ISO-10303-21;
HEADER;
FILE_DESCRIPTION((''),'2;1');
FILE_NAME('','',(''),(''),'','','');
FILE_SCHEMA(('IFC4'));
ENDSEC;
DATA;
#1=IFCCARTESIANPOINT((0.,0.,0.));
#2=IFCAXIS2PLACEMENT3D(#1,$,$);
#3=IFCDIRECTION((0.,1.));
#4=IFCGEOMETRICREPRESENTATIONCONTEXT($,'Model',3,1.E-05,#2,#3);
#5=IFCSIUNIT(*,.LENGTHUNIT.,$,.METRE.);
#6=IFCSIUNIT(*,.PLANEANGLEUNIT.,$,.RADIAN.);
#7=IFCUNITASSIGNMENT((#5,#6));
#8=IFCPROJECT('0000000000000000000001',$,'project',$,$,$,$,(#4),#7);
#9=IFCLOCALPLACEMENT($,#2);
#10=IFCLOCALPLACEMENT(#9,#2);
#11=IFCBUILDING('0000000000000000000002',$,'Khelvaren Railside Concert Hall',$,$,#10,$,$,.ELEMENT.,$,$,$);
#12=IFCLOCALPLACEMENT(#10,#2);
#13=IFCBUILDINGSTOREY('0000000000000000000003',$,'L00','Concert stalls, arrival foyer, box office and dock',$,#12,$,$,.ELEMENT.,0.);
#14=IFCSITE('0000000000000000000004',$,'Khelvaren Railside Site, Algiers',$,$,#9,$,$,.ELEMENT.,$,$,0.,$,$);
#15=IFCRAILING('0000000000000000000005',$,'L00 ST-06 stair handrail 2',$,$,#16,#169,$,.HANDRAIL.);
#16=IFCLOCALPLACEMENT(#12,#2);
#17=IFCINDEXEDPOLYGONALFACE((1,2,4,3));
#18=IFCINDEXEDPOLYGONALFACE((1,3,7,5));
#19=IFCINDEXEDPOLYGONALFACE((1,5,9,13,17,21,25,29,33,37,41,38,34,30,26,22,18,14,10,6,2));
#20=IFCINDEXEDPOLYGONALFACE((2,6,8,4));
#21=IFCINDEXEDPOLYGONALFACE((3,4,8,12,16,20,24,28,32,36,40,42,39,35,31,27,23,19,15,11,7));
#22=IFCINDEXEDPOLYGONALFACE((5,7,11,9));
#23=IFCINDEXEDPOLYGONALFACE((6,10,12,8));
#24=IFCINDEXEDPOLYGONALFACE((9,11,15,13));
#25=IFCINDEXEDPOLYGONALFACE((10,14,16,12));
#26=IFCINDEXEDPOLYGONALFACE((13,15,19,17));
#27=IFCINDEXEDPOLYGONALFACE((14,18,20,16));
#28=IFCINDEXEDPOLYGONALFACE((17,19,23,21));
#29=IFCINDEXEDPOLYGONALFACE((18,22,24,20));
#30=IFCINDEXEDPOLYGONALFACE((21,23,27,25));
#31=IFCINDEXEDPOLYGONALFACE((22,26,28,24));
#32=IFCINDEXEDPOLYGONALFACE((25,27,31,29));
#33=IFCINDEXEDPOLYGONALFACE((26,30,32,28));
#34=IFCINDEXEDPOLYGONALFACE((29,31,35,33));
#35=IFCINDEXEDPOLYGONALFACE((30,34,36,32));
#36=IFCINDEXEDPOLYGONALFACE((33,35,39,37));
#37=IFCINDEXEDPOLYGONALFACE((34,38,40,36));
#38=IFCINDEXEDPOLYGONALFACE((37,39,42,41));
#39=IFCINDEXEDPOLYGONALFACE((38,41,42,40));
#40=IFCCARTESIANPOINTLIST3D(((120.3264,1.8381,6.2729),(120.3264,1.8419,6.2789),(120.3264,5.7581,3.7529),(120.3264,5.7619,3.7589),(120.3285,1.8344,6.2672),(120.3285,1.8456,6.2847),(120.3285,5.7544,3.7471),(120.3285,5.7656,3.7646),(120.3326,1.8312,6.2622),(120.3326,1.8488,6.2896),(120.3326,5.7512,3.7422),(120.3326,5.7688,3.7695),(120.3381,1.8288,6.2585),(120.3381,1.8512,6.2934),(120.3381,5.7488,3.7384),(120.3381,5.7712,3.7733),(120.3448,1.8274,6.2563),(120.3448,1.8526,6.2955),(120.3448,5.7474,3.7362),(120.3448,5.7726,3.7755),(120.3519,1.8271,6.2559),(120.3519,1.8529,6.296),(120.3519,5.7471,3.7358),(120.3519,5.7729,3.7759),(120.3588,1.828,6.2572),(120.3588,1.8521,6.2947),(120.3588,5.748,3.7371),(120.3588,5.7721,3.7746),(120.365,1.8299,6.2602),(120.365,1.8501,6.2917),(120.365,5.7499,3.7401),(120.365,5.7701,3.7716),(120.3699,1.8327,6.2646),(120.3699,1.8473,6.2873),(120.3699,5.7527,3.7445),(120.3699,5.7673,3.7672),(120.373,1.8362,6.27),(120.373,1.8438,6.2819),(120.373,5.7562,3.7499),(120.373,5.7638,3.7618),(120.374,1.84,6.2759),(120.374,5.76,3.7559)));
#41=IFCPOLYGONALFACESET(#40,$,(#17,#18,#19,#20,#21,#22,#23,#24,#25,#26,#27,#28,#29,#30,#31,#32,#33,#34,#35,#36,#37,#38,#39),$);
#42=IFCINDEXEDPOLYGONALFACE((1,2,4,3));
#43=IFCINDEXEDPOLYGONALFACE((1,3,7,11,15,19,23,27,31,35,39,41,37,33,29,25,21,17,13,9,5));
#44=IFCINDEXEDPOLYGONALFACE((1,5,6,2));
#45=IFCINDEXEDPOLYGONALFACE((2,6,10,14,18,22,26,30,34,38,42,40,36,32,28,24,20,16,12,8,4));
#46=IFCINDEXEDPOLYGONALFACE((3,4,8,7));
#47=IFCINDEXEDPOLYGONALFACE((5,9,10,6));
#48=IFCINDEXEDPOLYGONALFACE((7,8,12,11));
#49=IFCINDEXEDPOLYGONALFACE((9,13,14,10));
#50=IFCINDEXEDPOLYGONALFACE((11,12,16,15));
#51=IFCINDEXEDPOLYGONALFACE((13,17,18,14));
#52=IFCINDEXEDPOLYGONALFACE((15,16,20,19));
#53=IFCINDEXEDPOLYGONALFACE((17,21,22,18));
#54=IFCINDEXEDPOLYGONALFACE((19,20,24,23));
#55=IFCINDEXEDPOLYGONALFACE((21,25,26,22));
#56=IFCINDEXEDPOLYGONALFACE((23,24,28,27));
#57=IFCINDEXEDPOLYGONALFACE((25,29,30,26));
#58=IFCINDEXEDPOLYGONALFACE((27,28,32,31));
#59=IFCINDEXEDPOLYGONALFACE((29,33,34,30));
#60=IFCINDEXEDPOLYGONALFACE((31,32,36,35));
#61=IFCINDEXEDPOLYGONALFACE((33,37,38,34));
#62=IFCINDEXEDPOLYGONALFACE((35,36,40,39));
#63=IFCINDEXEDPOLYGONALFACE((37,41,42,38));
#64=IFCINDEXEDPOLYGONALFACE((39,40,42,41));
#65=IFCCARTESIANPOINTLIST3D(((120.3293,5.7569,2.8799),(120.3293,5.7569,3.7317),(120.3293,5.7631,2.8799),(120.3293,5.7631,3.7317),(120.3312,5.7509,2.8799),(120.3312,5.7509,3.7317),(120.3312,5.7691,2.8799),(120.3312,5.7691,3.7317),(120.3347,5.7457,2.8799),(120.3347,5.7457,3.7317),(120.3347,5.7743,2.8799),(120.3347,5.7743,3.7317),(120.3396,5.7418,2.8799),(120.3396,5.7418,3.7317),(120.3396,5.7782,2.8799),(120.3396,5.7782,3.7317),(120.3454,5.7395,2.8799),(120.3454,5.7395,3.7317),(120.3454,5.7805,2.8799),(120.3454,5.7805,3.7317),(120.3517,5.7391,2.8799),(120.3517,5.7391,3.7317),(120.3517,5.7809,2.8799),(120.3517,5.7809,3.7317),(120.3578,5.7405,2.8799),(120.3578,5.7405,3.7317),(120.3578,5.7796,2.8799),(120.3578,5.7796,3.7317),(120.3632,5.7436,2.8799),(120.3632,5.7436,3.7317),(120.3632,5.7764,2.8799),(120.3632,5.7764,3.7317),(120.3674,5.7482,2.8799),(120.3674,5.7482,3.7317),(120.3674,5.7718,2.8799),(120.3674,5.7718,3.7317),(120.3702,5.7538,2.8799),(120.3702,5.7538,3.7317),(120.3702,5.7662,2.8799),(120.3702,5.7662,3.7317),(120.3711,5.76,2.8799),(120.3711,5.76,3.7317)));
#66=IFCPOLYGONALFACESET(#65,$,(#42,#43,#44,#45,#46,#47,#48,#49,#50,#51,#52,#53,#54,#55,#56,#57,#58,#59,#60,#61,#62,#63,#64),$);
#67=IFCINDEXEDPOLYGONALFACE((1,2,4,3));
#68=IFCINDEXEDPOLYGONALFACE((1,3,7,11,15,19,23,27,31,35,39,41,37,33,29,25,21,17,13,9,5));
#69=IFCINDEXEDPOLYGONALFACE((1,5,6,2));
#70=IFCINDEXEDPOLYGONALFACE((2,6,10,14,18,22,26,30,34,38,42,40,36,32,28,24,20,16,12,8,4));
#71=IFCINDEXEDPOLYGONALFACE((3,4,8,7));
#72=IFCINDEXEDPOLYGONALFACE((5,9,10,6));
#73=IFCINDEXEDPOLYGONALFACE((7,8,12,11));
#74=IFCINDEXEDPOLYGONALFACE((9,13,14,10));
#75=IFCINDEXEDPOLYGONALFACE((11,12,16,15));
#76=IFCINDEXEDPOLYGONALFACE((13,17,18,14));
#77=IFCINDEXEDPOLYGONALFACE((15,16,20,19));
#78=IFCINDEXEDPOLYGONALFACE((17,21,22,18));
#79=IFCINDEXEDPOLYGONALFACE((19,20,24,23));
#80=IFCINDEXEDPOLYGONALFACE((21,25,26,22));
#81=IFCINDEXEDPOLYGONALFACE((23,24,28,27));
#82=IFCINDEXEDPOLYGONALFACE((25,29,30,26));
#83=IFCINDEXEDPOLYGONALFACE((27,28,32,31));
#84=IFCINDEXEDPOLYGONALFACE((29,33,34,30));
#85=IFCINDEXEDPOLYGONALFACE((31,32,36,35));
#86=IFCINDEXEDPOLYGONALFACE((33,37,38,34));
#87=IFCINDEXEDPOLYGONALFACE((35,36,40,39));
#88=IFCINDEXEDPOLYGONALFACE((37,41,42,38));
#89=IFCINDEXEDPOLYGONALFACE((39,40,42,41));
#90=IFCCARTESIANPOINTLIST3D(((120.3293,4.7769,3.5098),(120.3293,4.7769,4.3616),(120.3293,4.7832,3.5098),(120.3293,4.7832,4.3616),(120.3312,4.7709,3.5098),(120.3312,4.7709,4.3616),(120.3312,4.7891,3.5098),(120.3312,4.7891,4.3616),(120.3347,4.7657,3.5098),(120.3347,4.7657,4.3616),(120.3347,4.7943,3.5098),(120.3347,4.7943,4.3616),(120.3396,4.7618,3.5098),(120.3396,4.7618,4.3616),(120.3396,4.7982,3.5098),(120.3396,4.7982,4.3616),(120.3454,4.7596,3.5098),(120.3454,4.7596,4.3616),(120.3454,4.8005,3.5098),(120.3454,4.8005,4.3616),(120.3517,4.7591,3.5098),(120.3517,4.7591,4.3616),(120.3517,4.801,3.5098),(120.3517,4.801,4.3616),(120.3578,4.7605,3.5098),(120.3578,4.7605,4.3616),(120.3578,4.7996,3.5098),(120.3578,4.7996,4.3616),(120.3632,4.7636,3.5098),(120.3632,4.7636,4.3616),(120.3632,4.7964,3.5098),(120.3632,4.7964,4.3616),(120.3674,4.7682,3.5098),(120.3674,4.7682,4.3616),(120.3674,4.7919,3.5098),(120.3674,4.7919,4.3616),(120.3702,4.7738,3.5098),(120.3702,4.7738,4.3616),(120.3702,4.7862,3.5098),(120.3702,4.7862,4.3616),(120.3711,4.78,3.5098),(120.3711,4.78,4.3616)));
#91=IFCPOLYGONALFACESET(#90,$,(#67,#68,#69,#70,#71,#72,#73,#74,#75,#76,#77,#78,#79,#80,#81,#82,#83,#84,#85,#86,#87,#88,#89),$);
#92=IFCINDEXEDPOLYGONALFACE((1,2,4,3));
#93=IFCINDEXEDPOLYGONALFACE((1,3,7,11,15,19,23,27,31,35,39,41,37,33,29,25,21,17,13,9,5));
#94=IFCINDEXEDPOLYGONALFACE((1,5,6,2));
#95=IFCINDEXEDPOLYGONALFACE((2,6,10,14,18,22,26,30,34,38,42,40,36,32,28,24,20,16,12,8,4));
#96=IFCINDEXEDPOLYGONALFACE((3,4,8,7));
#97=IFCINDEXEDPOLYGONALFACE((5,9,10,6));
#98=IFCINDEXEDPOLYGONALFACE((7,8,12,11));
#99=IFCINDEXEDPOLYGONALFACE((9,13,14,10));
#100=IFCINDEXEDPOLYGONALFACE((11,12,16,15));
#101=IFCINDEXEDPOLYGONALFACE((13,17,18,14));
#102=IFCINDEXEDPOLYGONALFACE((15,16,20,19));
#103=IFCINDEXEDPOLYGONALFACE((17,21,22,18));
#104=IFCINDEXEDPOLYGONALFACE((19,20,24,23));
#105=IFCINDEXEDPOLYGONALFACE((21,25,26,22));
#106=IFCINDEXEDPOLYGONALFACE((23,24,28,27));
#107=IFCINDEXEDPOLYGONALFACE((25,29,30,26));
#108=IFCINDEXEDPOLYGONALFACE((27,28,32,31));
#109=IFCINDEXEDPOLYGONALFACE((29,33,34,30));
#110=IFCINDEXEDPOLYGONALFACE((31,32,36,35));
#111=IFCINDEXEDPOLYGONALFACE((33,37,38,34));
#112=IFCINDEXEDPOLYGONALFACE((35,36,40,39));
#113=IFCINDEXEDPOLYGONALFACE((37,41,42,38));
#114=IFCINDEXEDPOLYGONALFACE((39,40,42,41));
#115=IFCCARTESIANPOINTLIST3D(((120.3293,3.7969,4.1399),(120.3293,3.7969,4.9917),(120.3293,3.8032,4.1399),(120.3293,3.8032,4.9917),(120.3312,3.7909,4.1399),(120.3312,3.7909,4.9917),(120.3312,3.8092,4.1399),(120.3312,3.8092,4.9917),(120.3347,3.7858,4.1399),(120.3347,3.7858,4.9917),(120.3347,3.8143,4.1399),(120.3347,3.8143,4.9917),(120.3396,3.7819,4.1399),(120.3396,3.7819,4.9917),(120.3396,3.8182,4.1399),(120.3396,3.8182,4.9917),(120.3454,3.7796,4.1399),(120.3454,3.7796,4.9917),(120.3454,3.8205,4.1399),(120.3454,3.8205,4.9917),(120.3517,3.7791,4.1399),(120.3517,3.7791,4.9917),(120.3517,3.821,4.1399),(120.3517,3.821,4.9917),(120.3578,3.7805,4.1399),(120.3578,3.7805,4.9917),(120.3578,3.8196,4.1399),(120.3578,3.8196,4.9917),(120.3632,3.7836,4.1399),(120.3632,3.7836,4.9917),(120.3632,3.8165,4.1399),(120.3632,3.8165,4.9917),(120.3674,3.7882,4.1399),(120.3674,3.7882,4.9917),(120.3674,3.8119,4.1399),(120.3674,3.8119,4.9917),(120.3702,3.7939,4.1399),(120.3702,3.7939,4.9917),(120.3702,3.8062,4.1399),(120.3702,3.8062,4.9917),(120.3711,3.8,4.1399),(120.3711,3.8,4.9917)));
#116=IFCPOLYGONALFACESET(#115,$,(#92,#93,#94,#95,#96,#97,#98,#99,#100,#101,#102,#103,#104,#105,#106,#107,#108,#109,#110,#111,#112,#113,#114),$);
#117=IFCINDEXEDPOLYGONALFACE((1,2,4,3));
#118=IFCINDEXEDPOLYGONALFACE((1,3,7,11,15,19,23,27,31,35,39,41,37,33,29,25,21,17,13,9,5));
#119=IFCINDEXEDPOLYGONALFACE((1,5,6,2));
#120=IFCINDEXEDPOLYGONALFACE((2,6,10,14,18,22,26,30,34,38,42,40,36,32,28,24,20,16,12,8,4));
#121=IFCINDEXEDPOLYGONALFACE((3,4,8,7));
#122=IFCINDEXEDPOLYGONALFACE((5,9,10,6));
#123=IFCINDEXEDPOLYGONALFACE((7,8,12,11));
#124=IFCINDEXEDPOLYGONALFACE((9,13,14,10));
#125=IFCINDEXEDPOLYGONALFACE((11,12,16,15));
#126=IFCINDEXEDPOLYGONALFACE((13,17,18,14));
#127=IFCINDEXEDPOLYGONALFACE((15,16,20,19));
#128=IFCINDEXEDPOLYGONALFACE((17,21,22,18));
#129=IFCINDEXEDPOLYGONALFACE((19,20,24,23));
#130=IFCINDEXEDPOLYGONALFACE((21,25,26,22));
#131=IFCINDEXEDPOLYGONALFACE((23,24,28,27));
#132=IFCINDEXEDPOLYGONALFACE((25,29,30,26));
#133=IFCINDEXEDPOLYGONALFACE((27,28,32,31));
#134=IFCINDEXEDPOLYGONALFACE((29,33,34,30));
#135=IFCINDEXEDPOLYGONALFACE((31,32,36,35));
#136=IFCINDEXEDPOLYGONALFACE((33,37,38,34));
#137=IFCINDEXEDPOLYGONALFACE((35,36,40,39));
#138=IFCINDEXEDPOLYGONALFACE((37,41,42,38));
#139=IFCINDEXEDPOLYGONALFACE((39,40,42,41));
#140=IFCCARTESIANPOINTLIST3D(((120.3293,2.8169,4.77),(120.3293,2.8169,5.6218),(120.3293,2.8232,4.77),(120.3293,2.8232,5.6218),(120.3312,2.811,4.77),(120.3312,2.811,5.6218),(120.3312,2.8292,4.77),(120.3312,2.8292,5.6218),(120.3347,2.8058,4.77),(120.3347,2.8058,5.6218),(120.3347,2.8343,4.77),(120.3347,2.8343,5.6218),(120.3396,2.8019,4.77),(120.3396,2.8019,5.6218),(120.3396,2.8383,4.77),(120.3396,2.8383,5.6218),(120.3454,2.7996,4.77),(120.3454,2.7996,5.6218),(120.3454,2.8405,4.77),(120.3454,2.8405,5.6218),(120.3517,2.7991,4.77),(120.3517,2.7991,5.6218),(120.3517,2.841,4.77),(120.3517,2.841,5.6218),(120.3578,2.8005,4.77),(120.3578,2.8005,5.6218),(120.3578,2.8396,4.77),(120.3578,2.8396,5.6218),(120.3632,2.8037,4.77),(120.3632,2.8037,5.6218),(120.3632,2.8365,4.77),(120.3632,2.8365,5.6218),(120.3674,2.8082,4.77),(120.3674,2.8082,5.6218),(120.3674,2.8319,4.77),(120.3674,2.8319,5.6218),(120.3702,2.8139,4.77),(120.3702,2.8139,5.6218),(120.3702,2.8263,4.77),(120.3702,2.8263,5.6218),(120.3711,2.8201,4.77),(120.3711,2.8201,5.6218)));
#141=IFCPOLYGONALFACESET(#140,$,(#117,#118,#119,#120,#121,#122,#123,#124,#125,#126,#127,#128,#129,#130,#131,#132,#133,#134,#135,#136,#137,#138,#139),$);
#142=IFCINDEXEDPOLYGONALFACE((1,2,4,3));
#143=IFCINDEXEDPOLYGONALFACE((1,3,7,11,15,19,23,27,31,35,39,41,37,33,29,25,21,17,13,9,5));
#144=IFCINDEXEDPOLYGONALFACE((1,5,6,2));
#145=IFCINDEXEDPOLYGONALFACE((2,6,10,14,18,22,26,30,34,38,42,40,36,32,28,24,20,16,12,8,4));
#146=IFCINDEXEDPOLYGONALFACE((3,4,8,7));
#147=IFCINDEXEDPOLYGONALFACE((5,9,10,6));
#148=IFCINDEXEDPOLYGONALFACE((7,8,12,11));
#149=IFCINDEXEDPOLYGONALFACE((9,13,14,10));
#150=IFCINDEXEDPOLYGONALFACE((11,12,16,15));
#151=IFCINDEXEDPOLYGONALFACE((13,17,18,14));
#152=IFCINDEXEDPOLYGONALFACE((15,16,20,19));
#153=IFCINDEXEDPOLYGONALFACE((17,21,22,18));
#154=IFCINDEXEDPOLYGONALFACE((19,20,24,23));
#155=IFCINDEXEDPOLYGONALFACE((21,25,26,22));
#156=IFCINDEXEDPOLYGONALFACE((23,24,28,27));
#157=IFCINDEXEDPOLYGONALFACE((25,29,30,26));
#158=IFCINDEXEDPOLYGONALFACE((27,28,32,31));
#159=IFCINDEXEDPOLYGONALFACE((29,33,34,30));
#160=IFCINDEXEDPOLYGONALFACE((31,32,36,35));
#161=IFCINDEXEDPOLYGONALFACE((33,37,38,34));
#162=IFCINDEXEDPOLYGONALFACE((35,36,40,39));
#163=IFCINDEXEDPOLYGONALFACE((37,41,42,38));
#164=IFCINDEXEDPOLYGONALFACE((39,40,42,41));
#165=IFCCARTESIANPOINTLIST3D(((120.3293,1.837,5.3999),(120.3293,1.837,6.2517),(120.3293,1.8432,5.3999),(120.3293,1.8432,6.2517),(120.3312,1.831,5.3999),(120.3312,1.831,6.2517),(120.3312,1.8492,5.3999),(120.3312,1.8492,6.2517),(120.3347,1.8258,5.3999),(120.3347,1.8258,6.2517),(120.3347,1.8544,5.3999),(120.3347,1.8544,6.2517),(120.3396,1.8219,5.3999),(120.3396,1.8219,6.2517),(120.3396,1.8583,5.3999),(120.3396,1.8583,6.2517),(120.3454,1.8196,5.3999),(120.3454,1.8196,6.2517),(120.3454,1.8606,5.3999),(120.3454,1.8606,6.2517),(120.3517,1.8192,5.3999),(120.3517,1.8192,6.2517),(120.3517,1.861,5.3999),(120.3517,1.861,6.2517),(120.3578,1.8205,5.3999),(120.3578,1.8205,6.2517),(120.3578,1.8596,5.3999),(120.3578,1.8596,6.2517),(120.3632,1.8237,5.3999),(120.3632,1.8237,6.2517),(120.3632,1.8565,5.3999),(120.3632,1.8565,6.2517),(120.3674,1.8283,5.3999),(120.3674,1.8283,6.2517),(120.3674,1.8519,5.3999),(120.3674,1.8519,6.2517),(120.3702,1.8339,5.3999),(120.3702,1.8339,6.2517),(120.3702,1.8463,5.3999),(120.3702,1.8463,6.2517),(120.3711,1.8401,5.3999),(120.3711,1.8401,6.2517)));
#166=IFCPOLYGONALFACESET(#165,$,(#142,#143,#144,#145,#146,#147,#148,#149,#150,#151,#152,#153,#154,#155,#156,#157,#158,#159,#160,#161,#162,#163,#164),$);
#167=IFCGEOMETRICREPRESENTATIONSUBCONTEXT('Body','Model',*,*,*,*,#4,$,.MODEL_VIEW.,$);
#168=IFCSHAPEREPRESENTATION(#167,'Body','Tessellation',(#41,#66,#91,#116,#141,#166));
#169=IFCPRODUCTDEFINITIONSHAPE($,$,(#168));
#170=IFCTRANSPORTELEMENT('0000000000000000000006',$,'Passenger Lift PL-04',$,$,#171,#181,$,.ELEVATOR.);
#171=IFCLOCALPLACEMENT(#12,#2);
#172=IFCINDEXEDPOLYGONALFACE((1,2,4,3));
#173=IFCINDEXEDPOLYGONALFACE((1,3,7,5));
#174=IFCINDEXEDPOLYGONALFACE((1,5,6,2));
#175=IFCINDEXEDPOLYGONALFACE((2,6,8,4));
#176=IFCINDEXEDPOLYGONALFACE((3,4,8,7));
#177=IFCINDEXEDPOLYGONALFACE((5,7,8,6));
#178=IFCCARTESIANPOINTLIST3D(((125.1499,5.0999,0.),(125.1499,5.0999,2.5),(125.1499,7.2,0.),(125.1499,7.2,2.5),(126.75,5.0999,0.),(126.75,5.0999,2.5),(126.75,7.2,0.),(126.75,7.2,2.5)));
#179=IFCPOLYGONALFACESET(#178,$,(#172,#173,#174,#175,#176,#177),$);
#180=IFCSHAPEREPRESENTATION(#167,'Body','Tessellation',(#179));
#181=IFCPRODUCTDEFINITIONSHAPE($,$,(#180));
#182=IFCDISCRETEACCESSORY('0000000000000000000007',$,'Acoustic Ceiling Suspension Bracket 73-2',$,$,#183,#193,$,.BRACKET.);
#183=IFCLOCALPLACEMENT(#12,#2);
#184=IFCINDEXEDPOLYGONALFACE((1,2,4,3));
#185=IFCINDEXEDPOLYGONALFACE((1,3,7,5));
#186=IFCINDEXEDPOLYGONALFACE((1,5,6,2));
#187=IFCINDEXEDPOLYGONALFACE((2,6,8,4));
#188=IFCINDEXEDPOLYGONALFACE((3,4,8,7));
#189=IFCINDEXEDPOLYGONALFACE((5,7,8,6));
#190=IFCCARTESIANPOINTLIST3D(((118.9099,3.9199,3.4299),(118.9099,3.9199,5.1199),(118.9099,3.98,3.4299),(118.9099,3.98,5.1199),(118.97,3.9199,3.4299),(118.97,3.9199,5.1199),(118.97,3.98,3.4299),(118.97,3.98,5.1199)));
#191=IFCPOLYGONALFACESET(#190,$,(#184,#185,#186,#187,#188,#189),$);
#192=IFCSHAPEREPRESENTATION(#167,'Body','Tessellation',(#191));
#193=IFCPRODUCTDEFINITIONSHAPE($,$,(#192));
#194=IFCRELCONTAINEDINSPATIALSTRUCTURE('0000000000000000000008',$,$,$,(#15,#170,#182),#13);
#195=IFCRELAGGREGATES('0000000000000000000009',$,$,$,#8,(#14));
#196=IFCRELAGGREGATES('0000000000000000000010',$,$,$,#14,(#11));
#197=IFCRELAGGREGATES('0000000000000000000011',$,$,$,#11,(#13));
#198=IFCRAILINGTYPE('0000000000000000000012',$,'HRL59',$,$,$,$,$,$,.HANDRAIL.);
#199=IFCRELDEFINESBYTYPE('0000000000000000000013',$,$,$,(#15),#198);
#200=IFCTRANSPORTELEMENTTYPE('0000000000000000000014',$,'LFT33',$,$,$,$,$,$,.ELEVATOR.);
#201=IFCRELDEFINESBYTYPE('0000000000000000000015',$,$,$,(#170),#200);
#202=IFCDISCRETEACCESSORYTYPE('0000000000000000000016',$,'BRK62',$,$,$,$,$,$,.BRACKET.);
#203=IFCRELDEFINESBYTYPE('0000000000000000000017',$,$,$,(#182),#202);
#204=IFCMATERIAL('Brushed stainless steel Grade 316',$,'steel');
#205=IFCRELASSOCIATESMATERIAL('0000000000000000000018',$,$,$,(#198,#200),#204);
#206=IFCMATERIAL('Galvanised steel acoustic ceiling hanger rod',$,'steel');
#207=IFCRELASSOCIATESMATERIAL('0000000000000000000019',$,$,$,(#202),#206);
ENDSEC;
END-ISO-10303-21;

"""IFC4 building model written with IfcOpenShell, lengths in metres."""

from ifc_helpers import new_model, si_unit, direction, frame, origin, origin_2d, place, context, subcontext, project, spatial, rectangle, circle, extrude, material, type_object, element, save


model = new_model("IFC4")

# Units and contexts
model_context = context("Model", 3, precision=1e-05, world=origin(), true_north=direction((0.0, 1.0)))
body_context = subcontext(model_context, "Body", "Model", "MODEL_VIEW")
ifc_project = project(units=[si_unit("LENGTHUNIT", "METRE"), si_unit("PLANEANGLEUNIT", "RADIAN")], contexts=[model_context])

# Site, building, storey
site_placement = place(None, origin())
site = spatial("IfcSite", under=ifc_project, at=site_placement, Name="Khelvaren Railside Site, Algiers", CompositionType="ELEMENT", RefElevation=0.0)
building_placement = place(site_placement, origin())
building = spatial("IfcBuilding", under=site, at=building_placement, Name="Khelvaren Railside Concert Hall", CompositionType="ELEMENT")
storey_placement = place(building_placement, origin())
storey = spatial("IfcBuildingStorey", under=building, at=storey_placement, Name="L00", Description="Concert stalls, arrival foyer, box office and dock", CompositionType="ELEMENT", Elevation=0.0)

# Railing
ifc_material_1 = material(Name="Brushed stainless steel Grade 316", Category="steel")
railing_type_1 = type_object("IfcRailingType", Name="HRL59", PredefinedType="HANDRAIL", material=ifc_material_1)
railing_1_placement = place(storey_placement, frame((120.3501, 5.76, 2.8799)))
element("IfcRailing", 1, at=railing_1_placement, inside=storey, type_object=railing_type_1, Name="L00 ST-06 stair handrail 2", PredefinedType="HANDRAIL", context=body_context, shape_type="SweptSolid", body=[
    extrude(circle(Radius=0.0239, at=origin_2d()), frame((0.0, 0.0, 0.876), z_axis=(0.0, -0.841172, 0.540768), x_axis=(1.0, 0.0, 0.0)), (0.0, 0.0, 1.0), 4.6602),
    extrude(circle(Radius=0.021, at=origin_2d()), origin(), (0.0, 0.0, 1.0), 0.8518),
    extrude(circle(Radius=0.021, at=origin_2d()), frame((0.0, -0.98, 0.6299)), (0.0, 0.0, 1.0), 0.8518),
    extrude(circle(Radius=0.021, at=origin_2d()), frame((0.0, -1.96, 1.26)), (0.0, 0.0, 1.0), 0.8518),
    extrude(circle(Radius=0.021, at=origin_2d()), frame((0.0, -2.9399, 1.8901)), (0.0, 0.0, 1.0), 0.8518),
    extrude(circle(Radius=0.021, at=origin_2d()), frame((0.0, -3.9199, 2.52)), (0.0, 0.0, 1.0), 0.8518),
])

# Transport element
transport_element_type = type_object("IfcTransportElementType", Name="LFT33", PredefinedType="ELEVATOR", material=ifc_material_1)
transport_element_placement = place(storey_placement, frame((125.95, 6.1499, 0.0), z_axis=(0.0, 0.0, 1.0), x_axis=(1.0, 0.0, 0.0)))
element("IfcTransportElement", 2, at=transport_element_placement, inside=storey, type_object=transport_element_type, Name="Passenger Lift PL-04", PredefinedType="ELEVATOR", context=body_context, shape_type="SweptSolid", body=[
    extrude(rectangle(XDim=1.6001, YDim=2.1001, at=origin_2d()), origin(), (0.0, 0.0, 1.0), 2.5),
])

# Discrete accessory
ifc_material_2 = material(Name="Galvanised steel acoustic ceiling hanger rod", Category="steel")
discrete_accessory_type = type_object("IfcDiscreteAccessoryType", Name="BRK62", PredefinedType="BRACKET", material=ifc_material_2)
discrete_accessory_placement = place(storey_placement, frame((118.9399, 3.95, 3.4299), z_axis=(0.0, 0.0, 1.0), x_axis=(1.0, 0.0, 0.0)))
element("IfcDiscreteAccessory", 3, at=discrete_accessory_placement, inside=storey, type_object=discrete_accessory_type, Name="Acoustic Ceiling Suspension Bracket 73-2", PredefinedType="BRACKET", context=body_context, shape_type="SweptSolid", body=[
    extrude(rectangle(XDim=0.0601, YDim=0.0601, at=origin_2d()), origin(), (0.0, 0.0, 1.0), 1.6899),
])

save(model, "model.ifc")
